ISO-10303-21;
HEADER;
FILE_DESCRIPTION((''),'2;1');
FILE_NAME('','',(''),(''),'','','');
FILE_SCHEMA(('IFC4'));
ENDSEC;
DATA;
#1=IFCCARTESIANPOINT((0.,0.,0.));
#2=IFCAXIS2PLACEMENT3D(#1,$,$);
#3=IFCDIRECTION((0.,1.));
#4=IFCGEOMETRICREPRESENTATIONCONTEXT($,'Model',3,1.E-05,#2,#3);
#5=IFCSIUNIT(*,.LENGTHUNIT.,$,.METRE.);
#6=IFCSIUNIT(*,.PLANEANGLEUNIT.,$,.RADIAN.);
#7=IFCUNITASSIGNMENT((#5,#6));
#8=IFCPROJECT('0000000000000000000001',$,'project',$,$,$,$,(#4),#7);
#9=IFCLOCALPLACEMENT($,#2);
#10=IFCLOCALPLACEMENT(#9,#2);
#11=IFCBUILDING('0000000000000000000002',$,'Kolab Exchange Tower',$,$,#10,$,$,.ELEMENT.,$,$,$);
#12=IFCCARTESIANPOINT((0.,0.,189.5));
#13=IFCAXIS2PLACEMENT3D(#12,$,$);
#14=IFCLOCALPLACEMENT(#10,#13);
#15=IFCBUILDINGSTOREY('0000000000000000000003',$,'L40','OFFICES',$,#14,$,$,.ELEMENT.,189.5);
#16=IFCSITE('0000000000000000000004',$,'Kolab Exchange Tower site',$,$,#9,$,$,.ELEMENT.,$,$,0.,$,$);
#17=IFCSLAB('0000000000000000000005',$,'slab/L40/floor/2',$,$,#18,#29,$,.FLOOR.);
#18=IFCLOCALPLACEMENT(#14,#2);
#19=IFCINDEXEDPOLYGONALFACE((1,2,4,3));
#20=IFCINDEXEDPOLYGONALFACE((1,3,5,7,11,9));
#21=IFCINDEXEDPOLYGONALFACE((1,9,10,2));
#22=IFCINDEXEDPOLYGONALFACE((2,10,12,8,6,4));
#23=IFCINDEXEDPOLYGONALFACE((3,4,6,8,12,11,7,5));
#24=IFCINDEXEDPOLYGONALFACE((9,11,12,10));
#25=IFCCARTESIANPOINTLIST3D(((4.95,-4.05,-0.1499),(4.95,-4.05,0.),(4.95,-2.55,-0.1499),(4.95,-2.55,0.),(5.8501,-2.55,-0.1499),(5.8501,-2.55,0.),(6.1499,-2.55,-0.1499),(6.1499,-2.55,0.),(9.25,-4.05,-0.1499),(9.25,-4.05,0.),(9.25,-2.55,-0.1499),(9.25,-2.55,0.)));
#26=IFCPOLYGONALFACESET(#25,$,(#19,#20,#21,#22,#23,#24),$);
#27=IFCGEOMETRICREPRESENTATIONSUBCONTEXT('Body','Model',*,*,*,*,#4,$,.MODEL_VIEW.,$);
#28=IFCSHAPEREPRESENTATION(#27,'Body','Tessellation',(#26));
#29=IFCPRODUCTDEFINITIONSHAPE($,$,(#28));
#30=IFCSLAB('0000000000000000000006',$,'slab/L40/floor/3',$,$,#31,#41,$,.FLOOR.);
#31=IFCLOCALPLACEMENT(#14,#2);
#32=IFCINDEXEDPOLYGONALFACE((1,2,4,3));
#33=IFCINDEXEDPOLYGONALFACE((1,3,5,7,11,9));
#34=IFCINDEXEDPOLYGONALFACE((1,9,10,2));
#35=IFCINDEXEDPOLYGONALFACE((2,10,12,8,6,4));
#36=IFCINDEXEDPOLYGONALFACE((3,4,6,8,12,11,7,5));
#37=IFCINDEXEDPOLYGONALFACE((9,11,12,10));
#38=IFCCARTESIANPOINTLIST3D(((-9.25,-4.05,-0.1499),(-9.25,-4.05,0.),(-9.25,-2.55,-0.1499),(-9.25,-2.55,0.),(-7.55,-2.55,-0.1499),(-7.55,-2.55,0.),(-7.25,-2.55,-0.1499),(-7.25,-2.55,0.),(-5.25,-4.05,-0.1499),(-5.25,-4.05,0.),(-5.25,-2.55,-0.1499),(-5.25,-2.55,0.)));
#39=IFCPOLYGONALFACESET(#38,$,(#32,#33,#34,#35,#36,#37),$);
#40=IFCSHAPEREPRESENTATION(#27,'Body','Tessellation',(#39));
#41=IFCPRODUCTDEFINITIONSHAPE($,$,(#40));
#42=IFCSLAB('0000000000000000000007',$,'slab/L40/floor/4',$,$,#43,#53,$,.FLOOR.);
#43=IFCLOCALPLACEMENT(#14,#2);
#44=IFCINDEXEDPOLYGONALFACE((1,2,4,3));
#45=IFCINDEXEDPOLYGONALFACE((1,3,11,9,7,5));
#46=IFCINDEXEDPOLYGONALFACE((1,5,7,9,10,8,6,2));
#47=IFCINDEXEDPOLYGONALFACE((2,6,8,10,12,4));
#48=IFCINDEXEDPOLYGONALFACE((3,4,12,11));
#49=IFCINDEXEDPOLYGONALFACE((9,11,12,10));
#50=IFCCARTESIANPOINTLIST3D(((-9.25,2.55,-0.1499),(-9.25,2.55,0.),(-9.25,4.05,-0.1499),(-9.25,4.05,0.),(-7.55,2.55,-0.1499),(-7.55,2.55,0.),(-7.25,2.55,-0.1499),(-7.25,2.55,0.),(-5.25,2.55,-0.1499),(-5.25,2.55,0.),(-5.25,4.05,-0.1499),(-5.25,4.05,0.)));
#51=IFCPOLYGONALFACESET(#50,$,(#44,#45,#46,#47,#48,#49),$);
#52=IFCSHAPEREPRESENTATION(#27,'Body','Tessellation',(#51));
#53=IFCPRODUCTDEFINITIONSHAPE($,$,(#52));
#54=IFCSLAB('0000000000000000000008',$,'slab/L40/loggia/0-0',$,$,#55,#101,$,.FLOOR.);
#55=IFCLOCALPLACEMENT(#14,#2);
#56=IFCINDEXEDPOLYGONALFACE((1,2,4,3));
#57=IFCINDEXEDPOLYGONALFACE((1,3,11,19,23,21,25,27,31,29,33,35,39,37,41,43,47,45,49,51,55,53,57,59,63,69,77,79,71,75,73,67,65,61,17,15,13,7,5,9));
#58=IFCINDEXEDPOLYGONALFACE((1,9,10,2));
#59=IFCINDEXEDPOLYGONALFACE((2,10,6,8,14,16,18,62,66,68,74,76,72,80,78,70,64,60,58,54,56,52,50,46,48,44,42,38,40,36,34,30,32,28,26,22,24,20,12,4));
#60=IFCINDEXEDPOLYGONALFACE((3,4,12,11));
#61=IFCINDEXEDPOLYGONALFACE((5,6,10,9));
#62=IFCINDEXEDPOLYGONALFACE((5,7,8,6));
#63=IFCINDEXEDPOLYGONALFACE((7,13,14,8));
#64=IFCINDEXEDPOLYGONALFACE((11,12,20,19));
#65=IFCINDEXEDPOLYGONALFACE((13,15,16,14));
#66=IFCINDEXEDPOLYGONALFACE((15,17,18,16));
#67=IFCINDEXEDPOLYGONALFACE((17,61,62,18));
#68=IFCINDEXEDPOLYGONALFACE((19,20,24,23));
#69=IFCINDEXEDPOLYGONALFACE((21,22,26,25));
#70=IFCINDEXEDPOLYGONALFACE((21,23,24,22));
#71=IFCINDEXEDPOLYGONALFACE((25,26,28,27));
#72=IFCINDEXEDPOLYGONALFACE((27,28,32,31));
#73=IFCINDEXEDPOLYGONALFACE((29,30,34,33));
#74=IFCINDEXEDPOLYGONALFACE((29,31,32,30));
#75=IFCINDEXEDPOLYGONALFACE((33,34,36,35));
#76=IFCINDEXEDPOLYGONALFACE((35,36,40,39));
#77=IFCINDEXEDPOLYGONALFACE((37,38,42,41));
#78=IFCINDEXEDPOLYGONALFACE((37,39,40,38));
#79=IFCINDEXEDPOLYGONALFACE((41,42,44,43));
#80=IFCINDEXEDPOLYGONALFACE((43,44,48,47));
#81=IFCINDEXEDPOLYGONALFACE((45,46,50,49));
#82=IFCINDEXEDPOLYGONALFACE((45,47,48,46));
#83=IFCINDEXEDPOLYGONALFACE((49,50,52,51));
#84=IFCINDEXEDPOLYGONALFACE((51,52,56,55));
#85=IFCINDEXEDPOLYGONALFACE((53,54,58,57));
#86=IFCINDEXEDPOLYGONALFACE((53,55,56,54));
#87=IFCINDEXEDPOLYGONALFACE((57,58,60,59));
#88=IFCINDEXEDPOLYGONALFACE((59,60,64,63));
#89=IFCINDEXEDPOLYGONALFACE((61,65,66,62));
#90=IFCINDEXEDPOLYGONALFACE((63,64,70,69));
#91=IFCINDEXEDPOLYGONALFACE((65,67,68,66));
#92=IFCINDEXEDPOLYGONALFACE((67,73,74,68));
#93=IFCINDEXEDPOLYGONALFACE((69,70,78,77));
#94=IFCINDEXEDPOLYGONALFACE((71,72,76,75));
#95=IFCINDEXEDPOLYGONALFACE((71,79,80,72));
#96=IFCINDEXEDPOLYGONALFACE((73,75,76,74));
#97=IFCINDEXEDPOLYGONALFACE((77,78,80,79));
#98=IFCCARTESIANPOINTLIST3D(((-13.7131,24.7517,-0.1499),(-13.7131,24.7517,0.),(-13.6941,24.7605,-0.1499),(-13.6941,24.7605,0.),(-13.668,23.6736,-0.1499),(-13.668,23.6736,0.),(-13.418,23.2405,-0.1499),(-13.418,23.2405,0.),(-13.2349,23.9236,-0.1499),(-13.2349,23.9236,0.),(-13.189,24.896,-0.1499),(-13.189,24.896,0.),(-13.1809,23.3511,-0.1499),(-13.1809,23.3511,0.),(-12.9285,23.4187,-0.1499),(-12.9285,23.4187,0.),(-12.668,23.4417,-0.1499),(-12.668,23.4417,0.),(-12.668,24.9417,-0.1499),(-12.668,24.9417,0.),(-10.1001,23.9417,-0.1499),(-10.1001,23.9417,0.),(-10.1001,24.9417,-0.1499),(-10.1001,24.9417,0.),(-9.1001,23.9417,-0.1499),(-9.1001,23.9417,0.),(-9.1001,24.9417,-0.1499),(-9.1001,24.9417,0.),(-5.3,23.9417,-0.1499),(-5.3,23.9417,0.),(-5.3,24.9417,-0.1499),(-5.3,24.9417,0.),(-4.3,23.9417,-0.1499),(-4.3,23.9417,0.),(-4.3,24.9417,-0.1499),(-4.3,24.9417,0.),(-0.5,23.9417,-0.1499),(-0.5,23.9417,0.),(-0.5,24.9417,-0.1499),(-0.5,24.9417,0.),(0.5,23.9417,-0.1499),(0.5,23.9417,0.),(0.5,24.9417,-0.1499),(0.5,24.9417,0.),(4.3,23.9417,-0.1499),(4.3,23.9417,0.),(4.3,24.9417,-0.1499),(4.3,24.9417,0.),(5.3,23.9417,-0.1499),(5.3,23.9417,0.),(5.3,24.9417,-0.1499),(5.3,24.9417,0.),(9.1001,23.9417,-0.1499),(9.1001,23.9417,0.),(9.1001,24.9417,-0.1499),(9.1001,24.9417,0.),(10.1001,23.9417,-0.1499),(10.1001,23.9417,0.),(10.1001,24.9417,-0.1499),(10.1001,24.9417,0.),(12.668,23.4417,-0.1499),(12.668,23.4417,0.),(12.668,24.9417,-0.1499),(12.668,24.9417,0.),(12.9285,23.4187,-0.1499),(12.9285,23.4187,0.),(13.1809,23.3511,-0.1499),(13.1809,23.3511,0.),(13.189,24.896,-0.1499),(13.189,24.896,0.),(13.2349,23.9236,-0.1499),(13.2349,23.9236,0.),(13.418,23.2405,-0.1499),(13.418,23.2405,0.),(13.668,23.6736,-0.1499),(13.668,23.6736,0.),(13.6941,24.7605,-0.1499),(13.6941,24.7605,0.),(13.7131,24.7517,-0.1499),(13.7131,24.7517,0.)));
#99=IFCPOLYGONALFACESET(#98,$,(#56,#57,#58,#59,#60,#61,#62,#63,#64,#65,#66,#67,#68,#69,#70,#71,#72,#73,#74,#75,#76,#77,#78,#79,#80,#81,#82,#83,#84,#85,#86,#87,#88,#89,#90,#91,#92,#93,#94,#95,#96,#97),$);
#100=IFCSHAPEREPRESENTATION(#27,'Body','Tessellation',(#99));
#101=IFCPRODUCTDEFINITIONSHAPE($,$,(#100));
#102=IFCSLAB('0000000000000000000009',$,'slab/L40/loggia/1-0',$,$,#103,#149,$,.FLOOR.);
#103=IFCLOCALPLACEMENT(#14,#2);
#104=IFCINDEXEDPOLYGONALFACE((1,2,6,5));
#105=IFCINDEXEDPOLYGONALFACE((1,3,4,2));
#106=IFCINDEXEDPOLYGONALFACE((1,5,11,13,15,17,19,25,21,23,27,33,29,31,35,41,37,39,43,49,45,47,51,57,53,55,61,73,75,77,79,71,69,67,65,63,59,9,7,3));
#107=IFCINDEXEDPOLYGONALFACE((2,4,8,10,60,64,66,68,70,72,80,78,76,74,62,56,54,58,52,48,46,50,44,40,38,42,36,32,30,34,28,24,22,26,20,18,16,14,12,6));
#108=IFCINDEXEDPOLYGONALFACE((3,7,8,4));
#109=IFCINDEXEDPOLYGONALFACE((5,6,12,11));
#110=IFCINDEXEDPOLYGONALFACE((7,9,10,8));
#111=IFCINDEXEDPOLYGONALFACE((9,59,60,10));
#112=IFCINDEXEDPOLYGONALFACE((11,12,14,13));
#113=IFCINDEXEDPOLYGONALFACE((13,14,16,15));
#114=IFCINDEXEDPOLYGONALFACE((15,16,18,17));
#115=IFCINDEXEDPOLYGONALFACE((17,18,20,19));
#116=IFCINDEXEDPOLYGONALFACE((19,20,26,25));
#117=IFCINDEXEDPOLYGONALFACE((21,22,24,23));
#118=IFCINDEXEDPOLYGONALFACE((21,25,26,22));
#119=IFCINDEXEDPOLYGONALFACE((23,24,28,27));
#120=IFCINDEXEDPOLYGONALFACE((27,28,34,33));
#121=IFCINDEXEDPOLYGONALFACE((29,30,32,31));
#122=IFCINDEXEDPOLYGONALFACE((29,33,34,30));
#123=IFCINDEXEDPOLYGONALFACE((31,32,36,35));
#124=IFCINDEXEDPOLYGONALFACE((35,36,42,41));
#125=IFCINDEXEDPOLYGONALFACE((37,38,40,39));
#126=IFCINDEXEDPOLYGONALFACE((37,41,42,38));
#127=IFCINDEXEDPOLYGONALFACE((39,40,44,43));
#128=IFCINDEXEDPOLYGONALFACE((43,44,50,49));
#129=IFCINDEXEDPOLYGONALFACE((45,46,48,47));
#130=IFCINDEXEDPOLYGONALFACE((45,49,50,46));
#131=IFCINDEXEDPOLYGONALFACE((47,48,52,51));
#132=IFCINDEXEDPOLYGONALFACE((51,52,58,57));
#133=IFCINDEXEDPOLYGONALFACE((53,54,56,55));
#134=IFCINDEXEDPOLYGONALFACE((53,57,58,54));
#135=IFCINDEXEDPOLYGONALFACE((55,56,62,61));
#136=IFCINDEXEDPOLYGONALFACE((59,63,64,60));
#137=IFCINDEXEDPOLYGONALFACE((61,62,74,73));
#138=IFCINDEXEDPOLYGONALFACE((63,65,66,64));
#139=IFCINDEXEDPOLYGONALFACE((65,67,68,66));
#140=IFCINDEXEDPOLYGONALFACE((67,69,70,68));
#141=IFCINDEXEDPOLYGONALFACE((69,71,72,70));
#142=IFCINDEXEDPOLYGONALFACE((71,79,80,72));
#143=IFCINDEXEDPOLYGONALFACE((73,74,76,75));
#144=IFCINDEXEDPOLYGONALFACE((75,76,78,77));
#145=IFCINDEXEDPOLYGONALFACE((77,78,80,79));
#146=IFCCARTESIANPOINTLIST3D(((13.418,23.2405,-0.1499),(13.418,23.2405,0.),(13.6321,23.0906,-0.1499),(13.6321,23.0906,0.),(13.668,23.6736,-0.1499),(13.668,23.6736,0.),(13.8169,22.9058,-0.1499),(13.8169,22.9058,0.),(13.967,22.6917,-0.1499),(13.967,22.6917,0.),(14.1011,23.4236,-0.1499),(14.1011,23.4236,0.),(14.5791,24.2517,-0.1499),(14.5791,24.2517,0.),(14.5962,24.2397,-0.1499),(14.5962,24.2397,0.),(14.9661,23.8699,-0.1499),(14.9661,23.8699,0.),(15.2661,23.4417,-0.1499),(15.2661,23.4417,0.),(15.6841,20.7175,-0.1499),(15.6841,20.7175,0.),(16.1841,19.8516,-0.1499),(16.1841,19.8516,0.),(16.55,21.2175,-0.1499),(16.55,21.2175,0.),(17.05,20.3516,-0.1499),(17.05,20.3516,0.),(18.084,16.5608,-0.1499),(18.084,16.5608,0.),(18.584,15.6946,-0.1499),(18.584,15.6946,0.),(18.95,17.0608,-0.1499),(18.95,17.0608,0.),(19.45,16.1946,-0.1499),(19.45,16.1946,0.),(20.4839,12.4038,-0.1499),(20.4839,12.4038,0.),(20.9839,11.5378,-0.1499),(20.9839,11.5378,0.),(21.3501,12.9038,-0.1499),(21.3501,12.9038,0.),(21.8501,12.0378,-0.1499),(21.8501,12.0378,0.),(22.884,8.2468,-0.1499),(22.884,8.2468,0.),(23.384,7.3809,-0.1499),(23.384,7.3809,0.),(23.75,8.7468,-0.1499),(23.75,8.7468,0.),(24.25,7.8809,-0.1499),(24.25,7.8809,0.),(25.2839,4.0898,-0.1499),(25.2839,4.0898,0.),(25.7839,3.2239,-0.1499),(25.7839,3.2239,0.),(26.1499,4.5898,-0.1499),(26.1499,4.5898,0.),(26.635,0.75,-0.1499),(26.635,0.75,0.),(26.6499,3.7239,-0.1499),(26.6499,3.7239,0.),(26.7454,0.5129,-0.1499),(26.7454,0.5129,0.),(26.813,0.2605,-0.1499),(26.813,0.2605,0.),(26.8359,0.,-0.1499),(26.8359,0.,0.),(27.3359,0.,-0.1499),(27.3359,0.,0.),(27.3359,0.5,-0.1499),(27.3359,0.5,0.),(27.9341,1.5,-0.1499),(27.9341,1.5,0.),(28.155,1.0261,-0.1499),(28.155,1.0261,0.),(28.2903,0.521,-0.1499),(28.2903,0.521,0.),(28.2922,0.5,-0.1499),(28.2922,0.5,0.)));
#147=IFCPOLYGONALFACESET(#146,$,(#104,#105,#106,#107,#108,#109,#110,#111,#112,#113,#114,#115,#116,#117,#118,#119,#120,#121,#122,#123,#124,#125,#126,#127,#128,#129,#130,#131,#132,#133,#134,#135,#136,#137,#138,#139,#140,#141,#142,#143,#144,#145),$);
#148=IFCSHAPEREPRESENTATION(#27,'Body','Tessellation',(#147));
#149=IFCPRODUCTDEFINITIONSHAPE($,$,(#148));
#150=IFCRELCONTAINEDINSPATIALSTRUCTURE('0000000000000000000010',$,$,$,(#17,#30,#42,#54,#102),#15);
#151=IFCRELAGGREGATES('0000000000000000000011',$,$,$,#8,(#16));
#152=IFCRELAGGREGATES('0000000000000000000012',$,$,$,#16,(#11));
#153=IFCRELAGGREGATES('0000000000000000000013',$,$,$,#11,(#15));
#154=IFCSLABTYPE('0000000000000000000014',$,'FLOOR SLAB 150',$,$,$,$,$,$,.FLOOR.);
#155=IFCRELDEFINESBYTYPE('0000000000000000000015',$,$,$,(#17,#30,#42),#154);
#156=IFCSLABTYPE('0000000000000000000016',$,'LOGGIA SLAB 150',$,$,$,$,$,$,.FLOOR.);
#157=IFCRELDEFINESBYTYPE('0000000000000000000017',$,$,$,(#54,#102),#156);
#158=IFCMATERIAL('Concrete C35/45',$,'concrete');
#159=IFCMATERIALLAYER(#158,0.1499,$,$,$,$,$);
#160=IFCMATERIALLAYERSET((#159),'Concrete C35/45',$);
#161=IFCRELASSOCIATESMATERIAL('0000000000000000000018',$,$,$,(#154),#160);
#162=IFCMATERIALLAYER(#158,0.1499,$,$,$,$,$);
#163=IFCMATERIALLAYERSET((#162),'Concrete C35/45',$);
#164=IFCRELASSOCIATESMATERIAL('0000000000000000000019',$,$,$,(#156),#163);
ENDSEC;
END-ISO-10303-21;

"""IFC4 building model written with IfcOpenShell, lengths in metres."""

from ifc_helpers import new_model, si_unit, direction, frame, origin, place, context, subcontext, project, spatial, polyline, outline, extrude, material, layer, layer_set, type_object, element, save


model = new_model("IFC4")

# Units and contexts
model_context = context("Model", 3, precision=1e-05, world=origin(), true_north=direction((0.0, 1.0)))
body_context = subcontext(model_context, "Body", "Model", "MODEL_VIEW")
ifc_project = project(units=[si_unit("LENGTHUNIT", "METRE"), si_unit("PLANEANGLEUNIT", "RADIAN")], contexts=[model_context])

# Site, building, storey
site_placement = place(None, origin())
site = spatial("IfcSite", under=ifc_project, at=site_placement, Name="Kolab Exchange Tower site", CompositionType="ELEMENT", RefElevation=0.0)
building_placement = place(site_placement, origin())
building = spatial("IfcBuilding", under=site, at=building_placement, Name="Kolab Exchange Tower", CompositionType="ELEMENT")
storey_placement = place(building_placement, frame((0.0, 0.0, 189.5)))
storey = spatial("IfcBuildingStorey", under=building, at=storey_placement, Name="L40", Description="OFFICES", CompositionType="ELEMENT", Elevation=189.5)

# Slabs
ifc_material_1 = material(Name="Concrete C35/45", Category="concrete")
ifc_layer_1 = layer(ifc_material_1, 0.1499)
ifc_layer_set_1 = layer_set([ifc_layer_1], Name="Concrete C35/45")
slab_type_1 = type_object("IfcSlabType", Name="FLOOR SLAB 150", PredefinedType="FLOOR", material=ifc_layer_set_1)
slab_1_placement = place(storey_placement, frame((0.0, 0.0, -0.1499)))
element("IfcSlab", 1, at=slab_1_placement, inside=storey, type_object=slab_type_1, Name="slab/L40/floor/2", PredefinedType="FLOOR", context=body_context, shape_type="SweptSolid", body=[
    extrude(outline(polyline([(4.95, -4.05), (9.25, -4.05), (9.25, -2.55), (6.1499, -2.55), (5.8501, -2.55), (4.95, -2.55), (4.95, -4.05)])), origin(), (0.0, 0.0, 1.0), 0.1499),
])
slab_2_placement = place(storey_placement, frame((0.0, 0.0, -0.1499)))
element("IfcSlab", 2, at=slab_2_placement, inside=storey, type_object=slab_type_1, Name="slab/L40/floor/3", PredefinedType="FLOOR", context=body_context, shape_type="SweptSolid", body=[
    extrude(outline(polyline([(-7.55, -2.55), (-9.25, -2.55), (-9.25, -4.05), (-5.25, -4.05), (-5.25, -2.55), (-7.25, -2.55), (-7.55, -2.55)])), origin(), (0.0, 0.0, 1.0), 0.1499),
])
slab_3_placement = place(storey_placement, frame((0.0, 0.0, -0.1499)))
element("IfcSlab", 3, at=slab_3_placement, inside=storey, type_object=slab_type_1, Name="slab/L40/floor/4", PredefinedType="FLOOR", context=body_context, shape_type="SweptSolid", body=[
    extrude(outline(polyline([(-9.25, 2.55), (-7.55, 2.55), (-7.25, 2.55), (-5.25, 2.55), (-5.25, 4.05), (-9.25, 4.05), (-9.25, 2.55)])), origin(), (0.0, 0.0, 1.0), 0.1499),
])
ifc_layer_2 = layer(ifc_material_1, 0.1499)
ifc_layer_set_2 = layer_set([ifc_layer_2], Name="Concrete C35/45")
slab_type_2 = type_object("IfcSlabType", Name="LOGGIA SLAB 150", PredefinedType="FLOOR", material=ifc_layer_set_2)
slab_4_placement = place(storey_placement, frame((0.0, 0.0, -0.1499)))
element("IfcSlab", 4, at=slab_4_placement, inside=storey, type_object=slab_type_2, Name="slab/L40/loggia/0-0", PredefinedType="FLOOR", context=body_context, shape_type="SweptSolid", body=[
    extrude(outline(polyline([(13.418, 23.2405), (13.668, 23.6736), (13.2349, 23.9236), (13.7131, 24.7517), (13.6941, 24.7605), (13.189, 24.896), (12.668, 24.9417), (10.1001, 24.9417), (10.1001, 23.9417), (9.1001, 23.9417), (9.1001, 24.9417), (5.3, 24.9417), (5.3, 23.9417), (4.3, 23.9417), (4.3, 24.9417), (0.5, 24.9417), (0.5, 23.9417), (-0.5, 23.9417), (-0.5, 24.9417), (-4.3, 24.9417), (-4.3, 23.9417), (-5.3, 23.9417), (-5.3, 24.9417), (-9.1001, 24.9417), (-9.1001, 23.9417), (-10.1001, 23.9417), (-10.1001, 24.9417), (-12.668, 24.9417), (-13.189, 24.896), (-13.6941, 24.7605), (-13.7131, 24.7517), (-13.2349, 23.9236), (-13.668, 23.6736), (-13.418, 23.2405), (-13.1809, 23.3511), (-12.9285, 23.4187), (-12.668, 23.4417), (12.668, 23.4417), (12.9285, 23.4187), (13.1809, 23.3511), (13.418, 23.2405)])), origin(), (0.0, 0.0, 1.0), 0.1499),
])
slab_5_placement = place(storey_placement, frame((0.0, 0.0, -0.1499)))
element("IfcSlab", 5, at=slab_5_placement, inside=storey, type_object=slab_type_2, Name="slab/L40/loggia/1-0", PredefinedType="FLOOR", context=body_context, shape_type="SweptSolid", body=[
    extrude(outline(polyline([(26.8359, 0.0), (27.3359, 0.0), (27.3359, 0.5), (28.2922, 0.5), (28.2903, 0.521), (28.155, 1.0261), (27.9341, 1.5), (26.6499, 3.7239), (25.7839, 3.2239), (25.2839, 4.0898), (26.1499, 4.5898), (24.25, 7.8809), (23.384, 7.3809), (22.884, 8.2468), (23.75, 8.7468), (21.8501, 12.0378), (20.9839, 11.5378), (20.4839, 12.4038), (21.3501, 12.9038), (19.45, 16.1946), (18.584, 15.6946), (18.084, 16.5608), (18.95, 17.0608), (17.05, 20.3516), (16.1841, 19.8516), (15.6841, 20.7175), (16.55, 21.2175), (15.2661, 23.4417), (14.9661, 23.8699), (14.5962, 24.2397), (14.5791, 24.2517), (14.1011, 23.4236), (13.668, 23.6736), (13.418, 23.2405), (13.6321, 23.0906), (13.8169, 22.9058), (13.967, 22.6917), (26.635, 0.75), (26.7454, 0.5129), (26.813, 0.2605), (26.8359, 0.0)])), origin(), (0.0, 0.0, 1.0), 0.1499),
])

save(model, "model.ifc")
